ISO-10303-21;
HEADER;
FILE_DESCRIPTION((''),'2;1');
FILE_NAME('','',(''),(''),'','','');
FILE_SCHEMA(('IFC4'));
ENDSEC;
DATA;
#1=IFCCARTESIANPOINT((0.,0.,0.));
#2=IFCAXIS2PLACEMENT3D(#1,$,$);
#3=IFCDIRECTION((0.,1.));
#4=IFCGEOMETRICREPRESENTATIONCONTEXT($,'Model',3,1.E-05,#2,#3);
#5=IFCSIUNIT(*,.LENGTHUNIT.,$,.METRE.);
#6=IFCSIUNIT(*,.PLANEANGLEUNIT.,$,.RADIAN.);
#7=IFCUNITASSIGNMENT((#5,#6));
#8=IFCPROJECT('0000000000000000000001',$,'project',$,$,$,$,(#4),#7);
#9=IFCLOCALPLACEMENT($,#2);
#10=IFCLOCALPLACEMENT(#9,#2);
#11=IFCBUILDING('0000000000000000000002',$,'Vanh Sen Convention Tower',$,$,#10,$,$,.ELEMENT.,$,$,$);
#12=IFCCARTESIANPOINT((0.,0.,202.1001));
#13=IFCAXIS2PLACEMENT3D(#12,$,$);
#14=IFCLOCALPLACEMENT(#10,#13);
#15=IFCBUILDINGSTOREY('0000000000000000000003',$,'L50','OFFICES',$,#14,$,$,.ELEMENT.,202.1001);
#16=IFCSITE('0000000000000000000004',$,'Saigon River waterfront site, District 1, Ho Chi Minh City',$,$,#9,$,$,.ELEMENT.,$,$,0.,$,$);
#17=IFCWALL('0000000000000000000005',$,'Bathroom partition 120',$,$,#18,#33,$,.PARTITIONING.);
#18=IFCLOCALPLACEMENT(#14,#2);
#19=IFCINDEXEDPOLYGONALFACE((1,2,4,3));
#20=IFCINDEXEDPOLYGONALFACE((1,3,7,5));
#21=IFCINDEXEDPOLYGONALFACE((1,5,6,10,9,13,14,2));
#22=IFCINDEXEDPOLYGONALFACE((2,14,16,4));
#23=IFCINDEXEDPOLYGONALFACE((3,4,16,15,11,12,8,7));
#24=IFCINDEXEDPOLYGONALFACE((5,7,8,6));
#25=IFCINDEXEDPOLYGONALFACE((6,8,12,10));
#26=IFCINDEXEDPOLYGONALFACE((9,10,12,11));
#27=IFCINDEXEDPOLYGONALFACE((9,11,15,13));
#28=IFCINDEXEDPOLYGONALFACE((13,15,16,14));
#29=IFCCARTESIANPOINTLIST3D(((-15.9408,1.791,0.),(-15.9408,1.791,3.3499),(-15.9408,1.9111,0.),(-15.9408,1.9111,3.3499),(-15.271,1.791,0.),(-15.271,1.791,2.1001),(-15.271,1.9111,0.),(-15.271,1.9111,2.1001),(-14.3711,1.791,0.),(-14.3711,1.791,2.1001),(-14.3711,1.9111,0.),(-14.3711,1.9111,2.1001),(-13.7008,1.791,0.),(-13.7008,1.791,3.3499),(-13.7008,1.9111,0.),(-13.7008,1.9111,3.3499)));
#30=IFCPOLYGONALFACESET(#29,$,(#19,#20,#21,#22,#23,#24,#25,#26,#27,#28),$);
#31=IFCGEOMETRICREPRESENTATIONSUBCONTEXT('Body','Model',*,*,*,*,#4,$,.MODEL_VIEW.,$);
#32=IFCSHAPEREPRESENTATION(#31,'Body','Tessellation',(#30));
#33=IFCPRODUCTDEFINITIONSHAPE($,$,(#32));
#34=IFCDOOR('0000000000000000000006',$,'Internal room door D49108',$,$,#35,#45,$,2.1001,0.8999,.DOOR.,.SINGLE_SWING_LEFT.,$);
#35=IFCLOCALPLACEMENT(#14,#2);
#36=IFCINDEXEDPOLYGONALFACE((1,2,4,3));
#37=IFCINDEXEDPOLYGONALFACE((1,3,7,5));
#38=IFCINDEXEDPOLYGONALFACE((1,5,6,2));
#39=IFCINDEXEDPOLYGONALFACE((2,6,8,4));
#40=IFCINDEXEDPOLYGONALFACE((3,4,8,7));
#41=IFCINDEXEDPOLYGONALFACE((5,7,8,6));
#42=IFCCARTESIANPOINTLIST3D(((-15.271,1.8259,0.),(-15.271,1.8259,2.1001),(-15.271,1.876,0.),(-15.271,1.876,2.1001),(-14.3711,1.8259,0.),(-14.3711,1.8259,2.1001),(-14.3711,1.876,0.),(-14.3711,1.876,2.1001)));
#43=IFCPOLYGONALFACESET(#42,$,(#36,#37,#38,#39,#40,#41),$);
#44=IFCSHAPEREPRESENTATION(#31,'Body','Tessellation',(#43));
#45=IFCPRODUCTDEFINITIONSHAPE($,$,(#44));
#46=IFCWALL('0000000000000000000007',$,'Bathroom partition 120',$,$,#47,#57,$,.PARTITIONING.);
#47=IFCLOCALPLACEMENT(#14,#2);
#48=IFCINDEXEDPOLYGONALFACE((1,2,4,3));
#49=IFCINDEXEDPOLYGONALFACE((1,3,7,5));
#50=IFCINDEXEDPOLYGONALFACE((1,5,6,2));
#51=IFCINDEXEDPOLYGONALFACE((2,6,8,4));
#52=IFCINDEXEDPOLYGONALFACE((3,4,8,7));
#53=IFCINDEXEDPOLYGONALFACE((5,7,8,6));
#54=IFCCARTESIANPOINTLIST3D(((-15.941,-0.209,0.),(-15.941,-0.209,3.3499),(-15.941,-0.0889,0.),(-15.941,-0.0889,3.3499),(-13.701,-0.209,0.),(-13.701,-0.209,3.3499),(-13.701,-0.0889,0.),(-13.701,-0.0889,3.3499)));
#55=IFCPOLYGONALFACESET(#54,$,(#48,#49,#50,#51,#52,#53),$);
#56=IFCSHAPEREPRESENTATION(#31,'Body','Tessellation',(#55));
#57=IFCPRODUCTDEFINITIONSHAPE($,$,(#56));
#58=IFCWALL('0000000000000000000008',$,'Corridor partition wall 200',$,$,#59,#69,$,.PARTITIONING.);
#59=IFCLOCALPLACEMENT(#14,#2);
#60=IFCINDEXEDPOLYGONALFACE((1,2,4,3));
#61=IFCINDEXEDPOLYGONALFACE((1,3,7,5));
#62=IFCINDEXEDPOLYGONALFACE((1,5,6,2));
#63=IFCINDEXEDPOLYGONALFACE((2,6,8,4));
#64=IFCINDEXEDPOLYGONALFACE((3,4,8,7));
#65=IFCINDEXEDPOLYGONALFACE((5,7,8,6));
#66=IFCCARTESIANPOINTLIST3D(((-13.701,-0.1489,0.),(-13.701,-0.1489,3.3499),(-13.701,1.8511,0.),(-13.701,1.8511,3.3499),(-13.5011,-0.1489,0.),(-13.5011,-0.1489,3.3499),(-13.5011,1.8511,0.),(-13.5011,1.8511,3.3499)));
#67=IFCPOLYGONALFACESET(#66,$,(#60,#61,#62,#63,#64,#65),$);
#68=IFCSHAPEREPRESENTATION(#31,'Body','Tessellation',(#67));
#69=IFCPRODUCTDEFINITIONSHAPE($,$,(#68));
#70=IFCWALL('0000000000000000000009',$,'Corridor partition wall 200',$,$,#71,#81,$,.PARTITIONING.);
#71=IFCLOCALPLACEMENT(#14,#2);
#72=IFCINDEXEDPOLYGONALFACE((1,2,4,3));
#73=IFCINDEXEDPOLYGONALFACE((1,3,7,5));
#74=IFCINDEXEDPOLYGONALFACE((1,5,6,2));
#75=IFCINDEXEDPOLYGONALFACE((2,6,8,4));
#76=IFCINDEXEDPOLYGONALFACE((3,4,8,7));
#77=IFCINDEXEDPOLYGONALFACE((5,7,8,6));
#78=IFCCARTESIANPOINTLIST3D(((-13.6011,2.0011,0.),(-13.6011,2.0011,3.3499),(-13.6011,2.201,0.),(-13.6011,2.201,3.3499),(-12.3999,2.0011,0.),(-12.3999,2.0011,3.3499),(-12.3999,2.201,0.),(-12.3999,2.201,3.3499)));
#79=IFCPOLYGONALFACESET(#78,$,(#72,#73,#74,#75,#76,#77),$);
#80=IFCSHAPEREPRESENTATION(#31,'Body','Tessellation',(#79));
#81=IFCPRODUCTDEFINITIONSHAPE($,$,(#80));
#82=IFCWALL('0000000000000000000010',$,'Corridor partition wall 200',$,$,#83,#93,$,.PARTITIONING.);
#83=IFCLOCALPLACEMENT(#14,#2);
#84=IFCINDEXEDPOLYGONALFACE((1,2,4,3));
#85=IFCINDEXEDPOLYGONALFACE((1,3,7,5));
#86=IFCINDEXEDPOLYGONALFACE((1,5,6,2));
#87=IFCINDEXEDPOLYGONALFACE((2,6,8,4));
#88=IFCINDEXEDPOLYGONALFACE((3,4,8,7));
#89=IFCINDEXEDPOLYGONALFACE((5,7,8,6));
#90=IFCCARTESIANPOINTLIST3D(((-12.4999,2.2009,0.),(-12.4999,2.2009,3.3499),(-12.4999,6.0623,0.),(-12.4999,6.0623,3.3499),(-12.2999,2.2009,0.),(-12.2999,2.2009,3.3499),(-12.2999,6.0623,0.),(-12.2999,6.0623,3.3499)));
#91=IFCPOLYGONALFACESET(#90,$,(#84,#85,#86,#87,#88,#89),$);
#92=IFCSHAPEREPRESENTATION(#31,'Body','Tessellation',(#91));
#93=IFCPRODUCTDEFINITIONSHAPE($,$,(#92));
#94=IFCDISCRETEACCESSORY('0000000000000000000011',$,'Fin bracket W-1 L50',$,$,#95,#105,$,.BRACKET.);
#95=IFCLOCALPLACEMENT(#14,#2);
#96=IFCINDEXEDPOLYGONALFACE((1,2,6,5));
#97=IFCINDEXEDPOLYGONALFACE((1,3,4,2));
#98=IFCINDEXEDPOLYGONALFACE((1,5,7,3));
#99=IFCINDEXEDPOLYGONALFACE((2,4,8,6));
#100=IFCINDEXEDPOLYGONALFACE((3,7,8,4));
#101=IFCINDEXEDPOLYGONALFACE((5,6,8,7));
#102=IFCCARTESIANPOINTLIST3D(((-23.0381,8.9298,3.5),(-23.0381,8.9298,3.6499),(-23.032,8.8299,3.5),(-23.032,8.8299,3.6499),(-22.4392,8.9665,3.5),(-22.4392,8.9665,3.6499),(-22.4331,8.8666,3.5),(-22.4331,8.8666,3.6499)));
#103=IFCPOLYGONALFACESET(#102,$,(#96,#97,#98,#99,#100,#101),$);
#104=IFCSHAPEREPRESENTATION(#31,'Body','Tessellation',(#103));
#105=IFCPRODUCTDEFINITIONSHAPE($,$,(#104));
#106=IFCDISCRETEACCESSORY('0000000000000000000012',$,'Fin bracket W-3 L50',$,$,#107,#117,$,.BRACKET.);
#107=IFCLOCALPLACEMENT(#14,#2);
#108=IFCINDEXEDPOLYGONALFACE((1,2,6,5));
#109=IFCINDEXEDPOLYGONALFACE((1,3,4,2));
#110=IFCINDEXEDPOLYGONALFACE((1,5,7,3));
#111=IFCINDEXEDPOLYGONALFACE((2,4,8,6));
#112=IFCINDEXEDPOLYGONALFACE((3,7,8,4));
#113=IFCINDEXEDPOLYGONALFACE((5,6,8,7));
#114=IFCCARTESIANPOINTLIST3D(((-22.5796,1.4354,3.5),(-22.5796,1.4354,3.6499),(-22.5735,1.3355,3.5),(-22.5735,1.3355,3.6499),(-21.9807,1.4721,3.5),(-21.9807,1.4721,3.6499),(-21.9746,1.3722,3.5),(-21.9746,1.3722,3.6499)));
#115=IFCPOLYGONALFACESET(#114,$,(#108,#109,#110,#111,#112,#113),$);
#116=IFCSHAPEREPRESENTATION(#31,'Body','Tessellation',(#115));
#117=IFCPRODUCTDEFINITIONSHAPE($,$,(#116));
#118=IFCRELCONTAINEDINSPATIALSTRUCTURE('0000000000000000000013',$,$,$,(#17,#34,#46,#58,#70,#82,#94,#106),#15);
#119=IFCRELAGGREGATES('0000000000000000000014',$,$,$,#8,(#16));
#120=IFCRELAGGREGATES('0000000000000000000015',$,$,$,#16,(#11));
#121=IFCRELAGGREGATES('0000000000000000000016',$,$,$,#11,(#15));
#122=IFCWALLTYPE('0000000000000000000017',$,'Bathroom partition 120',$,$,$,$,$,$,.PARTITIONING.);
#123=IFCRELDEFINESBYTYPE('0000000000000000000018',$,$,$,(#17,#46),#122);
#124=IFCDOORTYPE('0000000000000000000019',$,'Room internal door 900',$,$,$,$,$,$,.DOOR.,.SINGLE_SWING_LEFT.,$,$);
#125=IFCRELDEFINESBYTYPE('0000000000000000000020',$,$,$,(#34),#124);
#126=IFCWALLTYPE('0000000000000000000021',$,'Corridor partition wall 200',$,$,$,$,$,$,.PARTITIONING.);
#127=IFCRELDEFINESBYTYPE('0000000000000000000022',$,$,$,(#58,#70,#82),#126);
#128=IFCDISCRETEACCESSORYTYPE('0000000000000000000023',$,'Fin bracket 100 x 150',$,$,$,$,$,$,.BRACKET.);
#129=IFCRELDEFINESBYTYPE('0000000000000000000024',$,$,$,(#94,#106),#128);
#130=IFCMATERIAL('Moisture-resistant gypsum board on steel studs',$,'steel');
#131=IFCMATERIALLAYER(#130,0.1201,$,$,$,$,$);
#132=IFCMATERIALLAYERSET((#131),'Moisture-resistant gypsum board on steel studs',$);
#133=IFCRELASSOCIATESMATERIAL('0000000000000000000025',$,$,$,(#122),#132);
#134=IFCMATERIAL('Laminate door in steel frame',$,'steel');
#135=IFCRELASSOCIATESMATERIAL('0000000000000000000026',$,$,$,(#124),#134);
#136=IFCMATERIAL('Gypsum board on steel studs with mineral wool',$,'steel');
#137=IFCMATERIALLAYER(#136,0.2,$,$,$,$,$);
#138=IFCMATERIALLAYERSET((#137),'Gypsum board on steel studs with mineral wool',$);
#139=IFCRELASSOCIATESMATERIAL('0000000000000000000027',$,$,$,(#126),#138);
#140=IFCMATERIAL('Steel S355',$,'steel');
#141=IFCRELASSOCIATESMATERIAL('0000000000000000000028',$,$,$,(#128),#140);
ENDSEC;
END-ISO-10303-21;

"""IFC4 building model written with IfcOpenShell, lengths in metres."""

from ifc_helpers import new_model, si_unit, direction, frame, frame_2d, origin, origin_2d, place, context, subcontext, project, spatial, rectangle, extrude, material, layer, layer_set, type_object, element, fill, save


model = new_model("IFC4")

# Units and contexts
model_context = context("Model", 3, precision=1e-05, world=origin(), true_north=direction((0.0, 1.0)))
body_context = subcontext(model_context, "Body", "Model", "MODEL_VIEW")
ifc_project = project(units=[si_unit("LENGTHUNIT", "METRE"), si_unit("PLANEANGLEUNIT", "RADIAN")], contexts=[model_context])

# Site, building, storey
site_placement = place(None, origin())
site = spatial("IfcSite", under=ifc_project, at=site_placement, Name="Saigon River waterfront site, District 1, Ho Chi Minh City", CompositionType="ELEMENT", RefElevation=0.0)
building_placement = place(site_placement, origin())
building = spatial("IfcBuilding", under=site, at=building_placement, Name="Vanh Sen Convention Tower", CompositionType="ELEMENT")
storey_placement = place(building_placement, frame((0.0, 0.0, 202.1001)))
storey = spatial("IfcBuildingStorey", under=building, at=storey_placement, Name="L50", Description="OFFICES", CompositionType="ELEMENT", Elevation=202.1001)

# Wall, opening, door
ifc_material_1 = material(Name="Moisture-resistant gypsum board on steel studs", Category="steel")
ifc_layer_1 = layer(ifc_material_1, 0.1201)
ifc_layer_set_1 = layer_set([ifc_layer_1], Name="Moisture-resistant gypsum board on steel studs")
wall_type_1 = type_object("IfcWallType", Name="Bathroom partition 120", PredefinedType="PARTITIONING", material=ifc_layer_set_1)
wall_1_placement = place(storey_placement, frame((-15.9409, 1.8511, 0.0), z_axis=(0.0, 0.0, 1.0), x_axis=(1.0, 0.0, 0.0)))
wall_1 = element("IfcWall", 1, at=wall_1_placement, inside=storey, type_object=wall_type_1, Name="Bathroom partition 120", PredefinedType="PARTITIONING", context=body_context, shape_type="SweptSolid", body=[
    extrude(rectangle(XDim=2.24, YDim=0.1201, at=frame_2d((1.1201, 0.0))), origin(), (0.0, 0.0, 1.0), 3.3499),
])
opening_placement = place(wall_1_placement, frame((0.6699, 0.0, 0.0)))
opening = element("IfcOpeningElement", 2, at=opening_placement, cuts=wall_1, PredefinedType="OPENING", context=body_context, shape_type="SweptSolid", body=[
    extrude(rectangle(XDim=0.8999, YDim=2.1001, at=frame_2d((0.45, 1.05))), frame((0.0, 0.0701, 0.0), z_axis=(0.0, -1.0, 0.0), x_axis=(1.0, 0.0, 0.0)), (0.0, 0.0, 1.0), 0.1401),
])
ifc_material_2 = material(Name="Laminate door in steel frame", Category="steel")
door_type = type_object("IfcDoorType", Name="Room internal door 900", OperationType="SINGLE_SWING_LEFT", PredefinedType="DOOR", material=ifc_material_2)
door_placement = place(opening_placement, origin())
door = element("IfcDoor", 3, at=door_placement, inside=storey, type_object=door_type, Name="Internal room door D49108", OperationType="SINGLE_SWING_LEFT", OverallHeight=2.1001, OverallWidth=0.8999, PredefinedType="DOOR", context=body_context, shape_type="SweptSolid", body=[
    extrude(rectangle(XDim=0.8999, YDim=2.1001, at=frame_2d((0.45, 1.05))), frame((0.0, 0.0249, 0.0), z_axis=(0.0, -1.0, 0.0), x_axis=(1.0, 0.0, 0.0)), (0.0, 0.0, 1.0), 0.05),
])
fill(opening, door)

# Walls
wall_2_placement = place(storey_placement, frame((-13.7009, -0.1489, 0.0), z_axis=(0.0, 0.0, 1.0), x_axis=(-1.0, 0.0, 0.0)))
element("IfcWall", 4, at=wall_2_placement, inside=storey, type_object=wall_type_1, Name="Bathroom partition 120", PredefinedType="PARTITIONING", context=body_context, shape_type="SweptSolid", body=[
    extrude(rectangle(XDim=2.24, YDim=0.1201, at=frame_2d((1.1201, 0.0))), origin(), (0.0, 0.0, 1.0), 3.3499),
])
ifc_material_3 = material(Name="Gypsum board on steel studs with mineral wool", Category="steel")
ifc_layer_2 = layer(ifc_material_3, 0.2)
ifc_layer_set_2 = layer_set([ifc_layer_2], Name="Gypsum board on steel studs with mineral wool")
wall_type_2 = type_object("IfcWallType", Name="Corridor partition wall 200", PredefinedType="PARTITIONING", material=ifc_layer_set_2)
wall_3_placement = place(storey_placement, frame((-13.6011, 1.8511, 0.0), z_axis=(0.0, 0.0, 1.0), x_axis=(0.0, -1.0, 0.0)))
element("IfcWall", 5, at=wall_3_placement, inside=storey, type_object=wall_type_2, Name="Corridor partition wall 200", PredefinedType="PARTITIONING", context=body_context, shape_type="SweptSolid", body=[
    extrude(rectangle(XDim=2.0, YDim=0.2, at=frame_2d((1.0, 0.0))), origin(), (0.0, 0.0, 1.0), 3.3499),
])
wall_4_placement = place(storey_placement, frame((-12.3999, 2.1011, 0.0), z_axis=(0.0, 0.0, 1.0), x_axis=(-1.0, 0.0, 0.0)))
element("IfcWall", 6, at=wall_4_placement, inside=storey, type_object=wall_type_2, Name="Corridor partition wall 200", PredefinedType="PARTITIONING", context=body_context, shape_type="SweptSolid", body=[
    extrude(rectangle(XDim=1.2012, YDim=0.2, at=frame_2d((0.6006, 0.0))), origin(), (0.0, 0.0, 1.0), 3.3499),
])
wall_5_placement = place(storey_placement, frame((-12.3999, 6.0623, 0.0), z_axis=(0.0, 0.0, 1.0), x_axis=(0.0, -1.0, 0.0)))
element("IfcWall", 7, at=wall_5_placement, inside=storey, type_object=wall_type_2, Name="Corridor partition wall 200", PredefinedType="PARTITIONING", context=body_context, shape_type="SweptSolid", body=[
    extrude(rectangle(XDim=3.8613, YDim=0.2, at=frame_2d((1.9307, 0.0))), origin(), (0.0, 0.0, 1.0), 3.3499),
])

# Discrete accessories
ifc_material_4 = material(Name="Steel S355", Category="steel")
discrete_accessory_type = type_object("IfcDiscreteAccessoryType", Name="Fin bracket 100 x 150", PredefinedType="BRACKET", material=ifc_material_4)
for number, where, z_axis, x_axis, name in (
    (8, (-22.7356, 8.8982, 3.5), (0.0, 0.0, 1.0), (-0.998135, -0.061049, 0.0), "Fin bracket W-1 L50"),
    (9, (-22.2771, 1.4038, 3.5), (0.0, 0.0, 1.0), (-0.998135, -0.061049, 0.0), "Fin bracket W-3 L50"),
):
    element("IfcDiscreteAccessory", number, at=place(storey_placement, frame(where, z_axis=z_axis, x_axis=x_axis)), inside=storey, type_object=discrete_accessory_type, Name=name, PredefinedType="BRACKET", context=body_context, shape_type="SweptSolid", body=[
        extrude(rectangle(XDim=0.6001, YDim=0.1001, at=origin_2d()), origin(), (0.0, 0.0, 1.0), 0.1499),
    ])

save(model, "model.ifc")
